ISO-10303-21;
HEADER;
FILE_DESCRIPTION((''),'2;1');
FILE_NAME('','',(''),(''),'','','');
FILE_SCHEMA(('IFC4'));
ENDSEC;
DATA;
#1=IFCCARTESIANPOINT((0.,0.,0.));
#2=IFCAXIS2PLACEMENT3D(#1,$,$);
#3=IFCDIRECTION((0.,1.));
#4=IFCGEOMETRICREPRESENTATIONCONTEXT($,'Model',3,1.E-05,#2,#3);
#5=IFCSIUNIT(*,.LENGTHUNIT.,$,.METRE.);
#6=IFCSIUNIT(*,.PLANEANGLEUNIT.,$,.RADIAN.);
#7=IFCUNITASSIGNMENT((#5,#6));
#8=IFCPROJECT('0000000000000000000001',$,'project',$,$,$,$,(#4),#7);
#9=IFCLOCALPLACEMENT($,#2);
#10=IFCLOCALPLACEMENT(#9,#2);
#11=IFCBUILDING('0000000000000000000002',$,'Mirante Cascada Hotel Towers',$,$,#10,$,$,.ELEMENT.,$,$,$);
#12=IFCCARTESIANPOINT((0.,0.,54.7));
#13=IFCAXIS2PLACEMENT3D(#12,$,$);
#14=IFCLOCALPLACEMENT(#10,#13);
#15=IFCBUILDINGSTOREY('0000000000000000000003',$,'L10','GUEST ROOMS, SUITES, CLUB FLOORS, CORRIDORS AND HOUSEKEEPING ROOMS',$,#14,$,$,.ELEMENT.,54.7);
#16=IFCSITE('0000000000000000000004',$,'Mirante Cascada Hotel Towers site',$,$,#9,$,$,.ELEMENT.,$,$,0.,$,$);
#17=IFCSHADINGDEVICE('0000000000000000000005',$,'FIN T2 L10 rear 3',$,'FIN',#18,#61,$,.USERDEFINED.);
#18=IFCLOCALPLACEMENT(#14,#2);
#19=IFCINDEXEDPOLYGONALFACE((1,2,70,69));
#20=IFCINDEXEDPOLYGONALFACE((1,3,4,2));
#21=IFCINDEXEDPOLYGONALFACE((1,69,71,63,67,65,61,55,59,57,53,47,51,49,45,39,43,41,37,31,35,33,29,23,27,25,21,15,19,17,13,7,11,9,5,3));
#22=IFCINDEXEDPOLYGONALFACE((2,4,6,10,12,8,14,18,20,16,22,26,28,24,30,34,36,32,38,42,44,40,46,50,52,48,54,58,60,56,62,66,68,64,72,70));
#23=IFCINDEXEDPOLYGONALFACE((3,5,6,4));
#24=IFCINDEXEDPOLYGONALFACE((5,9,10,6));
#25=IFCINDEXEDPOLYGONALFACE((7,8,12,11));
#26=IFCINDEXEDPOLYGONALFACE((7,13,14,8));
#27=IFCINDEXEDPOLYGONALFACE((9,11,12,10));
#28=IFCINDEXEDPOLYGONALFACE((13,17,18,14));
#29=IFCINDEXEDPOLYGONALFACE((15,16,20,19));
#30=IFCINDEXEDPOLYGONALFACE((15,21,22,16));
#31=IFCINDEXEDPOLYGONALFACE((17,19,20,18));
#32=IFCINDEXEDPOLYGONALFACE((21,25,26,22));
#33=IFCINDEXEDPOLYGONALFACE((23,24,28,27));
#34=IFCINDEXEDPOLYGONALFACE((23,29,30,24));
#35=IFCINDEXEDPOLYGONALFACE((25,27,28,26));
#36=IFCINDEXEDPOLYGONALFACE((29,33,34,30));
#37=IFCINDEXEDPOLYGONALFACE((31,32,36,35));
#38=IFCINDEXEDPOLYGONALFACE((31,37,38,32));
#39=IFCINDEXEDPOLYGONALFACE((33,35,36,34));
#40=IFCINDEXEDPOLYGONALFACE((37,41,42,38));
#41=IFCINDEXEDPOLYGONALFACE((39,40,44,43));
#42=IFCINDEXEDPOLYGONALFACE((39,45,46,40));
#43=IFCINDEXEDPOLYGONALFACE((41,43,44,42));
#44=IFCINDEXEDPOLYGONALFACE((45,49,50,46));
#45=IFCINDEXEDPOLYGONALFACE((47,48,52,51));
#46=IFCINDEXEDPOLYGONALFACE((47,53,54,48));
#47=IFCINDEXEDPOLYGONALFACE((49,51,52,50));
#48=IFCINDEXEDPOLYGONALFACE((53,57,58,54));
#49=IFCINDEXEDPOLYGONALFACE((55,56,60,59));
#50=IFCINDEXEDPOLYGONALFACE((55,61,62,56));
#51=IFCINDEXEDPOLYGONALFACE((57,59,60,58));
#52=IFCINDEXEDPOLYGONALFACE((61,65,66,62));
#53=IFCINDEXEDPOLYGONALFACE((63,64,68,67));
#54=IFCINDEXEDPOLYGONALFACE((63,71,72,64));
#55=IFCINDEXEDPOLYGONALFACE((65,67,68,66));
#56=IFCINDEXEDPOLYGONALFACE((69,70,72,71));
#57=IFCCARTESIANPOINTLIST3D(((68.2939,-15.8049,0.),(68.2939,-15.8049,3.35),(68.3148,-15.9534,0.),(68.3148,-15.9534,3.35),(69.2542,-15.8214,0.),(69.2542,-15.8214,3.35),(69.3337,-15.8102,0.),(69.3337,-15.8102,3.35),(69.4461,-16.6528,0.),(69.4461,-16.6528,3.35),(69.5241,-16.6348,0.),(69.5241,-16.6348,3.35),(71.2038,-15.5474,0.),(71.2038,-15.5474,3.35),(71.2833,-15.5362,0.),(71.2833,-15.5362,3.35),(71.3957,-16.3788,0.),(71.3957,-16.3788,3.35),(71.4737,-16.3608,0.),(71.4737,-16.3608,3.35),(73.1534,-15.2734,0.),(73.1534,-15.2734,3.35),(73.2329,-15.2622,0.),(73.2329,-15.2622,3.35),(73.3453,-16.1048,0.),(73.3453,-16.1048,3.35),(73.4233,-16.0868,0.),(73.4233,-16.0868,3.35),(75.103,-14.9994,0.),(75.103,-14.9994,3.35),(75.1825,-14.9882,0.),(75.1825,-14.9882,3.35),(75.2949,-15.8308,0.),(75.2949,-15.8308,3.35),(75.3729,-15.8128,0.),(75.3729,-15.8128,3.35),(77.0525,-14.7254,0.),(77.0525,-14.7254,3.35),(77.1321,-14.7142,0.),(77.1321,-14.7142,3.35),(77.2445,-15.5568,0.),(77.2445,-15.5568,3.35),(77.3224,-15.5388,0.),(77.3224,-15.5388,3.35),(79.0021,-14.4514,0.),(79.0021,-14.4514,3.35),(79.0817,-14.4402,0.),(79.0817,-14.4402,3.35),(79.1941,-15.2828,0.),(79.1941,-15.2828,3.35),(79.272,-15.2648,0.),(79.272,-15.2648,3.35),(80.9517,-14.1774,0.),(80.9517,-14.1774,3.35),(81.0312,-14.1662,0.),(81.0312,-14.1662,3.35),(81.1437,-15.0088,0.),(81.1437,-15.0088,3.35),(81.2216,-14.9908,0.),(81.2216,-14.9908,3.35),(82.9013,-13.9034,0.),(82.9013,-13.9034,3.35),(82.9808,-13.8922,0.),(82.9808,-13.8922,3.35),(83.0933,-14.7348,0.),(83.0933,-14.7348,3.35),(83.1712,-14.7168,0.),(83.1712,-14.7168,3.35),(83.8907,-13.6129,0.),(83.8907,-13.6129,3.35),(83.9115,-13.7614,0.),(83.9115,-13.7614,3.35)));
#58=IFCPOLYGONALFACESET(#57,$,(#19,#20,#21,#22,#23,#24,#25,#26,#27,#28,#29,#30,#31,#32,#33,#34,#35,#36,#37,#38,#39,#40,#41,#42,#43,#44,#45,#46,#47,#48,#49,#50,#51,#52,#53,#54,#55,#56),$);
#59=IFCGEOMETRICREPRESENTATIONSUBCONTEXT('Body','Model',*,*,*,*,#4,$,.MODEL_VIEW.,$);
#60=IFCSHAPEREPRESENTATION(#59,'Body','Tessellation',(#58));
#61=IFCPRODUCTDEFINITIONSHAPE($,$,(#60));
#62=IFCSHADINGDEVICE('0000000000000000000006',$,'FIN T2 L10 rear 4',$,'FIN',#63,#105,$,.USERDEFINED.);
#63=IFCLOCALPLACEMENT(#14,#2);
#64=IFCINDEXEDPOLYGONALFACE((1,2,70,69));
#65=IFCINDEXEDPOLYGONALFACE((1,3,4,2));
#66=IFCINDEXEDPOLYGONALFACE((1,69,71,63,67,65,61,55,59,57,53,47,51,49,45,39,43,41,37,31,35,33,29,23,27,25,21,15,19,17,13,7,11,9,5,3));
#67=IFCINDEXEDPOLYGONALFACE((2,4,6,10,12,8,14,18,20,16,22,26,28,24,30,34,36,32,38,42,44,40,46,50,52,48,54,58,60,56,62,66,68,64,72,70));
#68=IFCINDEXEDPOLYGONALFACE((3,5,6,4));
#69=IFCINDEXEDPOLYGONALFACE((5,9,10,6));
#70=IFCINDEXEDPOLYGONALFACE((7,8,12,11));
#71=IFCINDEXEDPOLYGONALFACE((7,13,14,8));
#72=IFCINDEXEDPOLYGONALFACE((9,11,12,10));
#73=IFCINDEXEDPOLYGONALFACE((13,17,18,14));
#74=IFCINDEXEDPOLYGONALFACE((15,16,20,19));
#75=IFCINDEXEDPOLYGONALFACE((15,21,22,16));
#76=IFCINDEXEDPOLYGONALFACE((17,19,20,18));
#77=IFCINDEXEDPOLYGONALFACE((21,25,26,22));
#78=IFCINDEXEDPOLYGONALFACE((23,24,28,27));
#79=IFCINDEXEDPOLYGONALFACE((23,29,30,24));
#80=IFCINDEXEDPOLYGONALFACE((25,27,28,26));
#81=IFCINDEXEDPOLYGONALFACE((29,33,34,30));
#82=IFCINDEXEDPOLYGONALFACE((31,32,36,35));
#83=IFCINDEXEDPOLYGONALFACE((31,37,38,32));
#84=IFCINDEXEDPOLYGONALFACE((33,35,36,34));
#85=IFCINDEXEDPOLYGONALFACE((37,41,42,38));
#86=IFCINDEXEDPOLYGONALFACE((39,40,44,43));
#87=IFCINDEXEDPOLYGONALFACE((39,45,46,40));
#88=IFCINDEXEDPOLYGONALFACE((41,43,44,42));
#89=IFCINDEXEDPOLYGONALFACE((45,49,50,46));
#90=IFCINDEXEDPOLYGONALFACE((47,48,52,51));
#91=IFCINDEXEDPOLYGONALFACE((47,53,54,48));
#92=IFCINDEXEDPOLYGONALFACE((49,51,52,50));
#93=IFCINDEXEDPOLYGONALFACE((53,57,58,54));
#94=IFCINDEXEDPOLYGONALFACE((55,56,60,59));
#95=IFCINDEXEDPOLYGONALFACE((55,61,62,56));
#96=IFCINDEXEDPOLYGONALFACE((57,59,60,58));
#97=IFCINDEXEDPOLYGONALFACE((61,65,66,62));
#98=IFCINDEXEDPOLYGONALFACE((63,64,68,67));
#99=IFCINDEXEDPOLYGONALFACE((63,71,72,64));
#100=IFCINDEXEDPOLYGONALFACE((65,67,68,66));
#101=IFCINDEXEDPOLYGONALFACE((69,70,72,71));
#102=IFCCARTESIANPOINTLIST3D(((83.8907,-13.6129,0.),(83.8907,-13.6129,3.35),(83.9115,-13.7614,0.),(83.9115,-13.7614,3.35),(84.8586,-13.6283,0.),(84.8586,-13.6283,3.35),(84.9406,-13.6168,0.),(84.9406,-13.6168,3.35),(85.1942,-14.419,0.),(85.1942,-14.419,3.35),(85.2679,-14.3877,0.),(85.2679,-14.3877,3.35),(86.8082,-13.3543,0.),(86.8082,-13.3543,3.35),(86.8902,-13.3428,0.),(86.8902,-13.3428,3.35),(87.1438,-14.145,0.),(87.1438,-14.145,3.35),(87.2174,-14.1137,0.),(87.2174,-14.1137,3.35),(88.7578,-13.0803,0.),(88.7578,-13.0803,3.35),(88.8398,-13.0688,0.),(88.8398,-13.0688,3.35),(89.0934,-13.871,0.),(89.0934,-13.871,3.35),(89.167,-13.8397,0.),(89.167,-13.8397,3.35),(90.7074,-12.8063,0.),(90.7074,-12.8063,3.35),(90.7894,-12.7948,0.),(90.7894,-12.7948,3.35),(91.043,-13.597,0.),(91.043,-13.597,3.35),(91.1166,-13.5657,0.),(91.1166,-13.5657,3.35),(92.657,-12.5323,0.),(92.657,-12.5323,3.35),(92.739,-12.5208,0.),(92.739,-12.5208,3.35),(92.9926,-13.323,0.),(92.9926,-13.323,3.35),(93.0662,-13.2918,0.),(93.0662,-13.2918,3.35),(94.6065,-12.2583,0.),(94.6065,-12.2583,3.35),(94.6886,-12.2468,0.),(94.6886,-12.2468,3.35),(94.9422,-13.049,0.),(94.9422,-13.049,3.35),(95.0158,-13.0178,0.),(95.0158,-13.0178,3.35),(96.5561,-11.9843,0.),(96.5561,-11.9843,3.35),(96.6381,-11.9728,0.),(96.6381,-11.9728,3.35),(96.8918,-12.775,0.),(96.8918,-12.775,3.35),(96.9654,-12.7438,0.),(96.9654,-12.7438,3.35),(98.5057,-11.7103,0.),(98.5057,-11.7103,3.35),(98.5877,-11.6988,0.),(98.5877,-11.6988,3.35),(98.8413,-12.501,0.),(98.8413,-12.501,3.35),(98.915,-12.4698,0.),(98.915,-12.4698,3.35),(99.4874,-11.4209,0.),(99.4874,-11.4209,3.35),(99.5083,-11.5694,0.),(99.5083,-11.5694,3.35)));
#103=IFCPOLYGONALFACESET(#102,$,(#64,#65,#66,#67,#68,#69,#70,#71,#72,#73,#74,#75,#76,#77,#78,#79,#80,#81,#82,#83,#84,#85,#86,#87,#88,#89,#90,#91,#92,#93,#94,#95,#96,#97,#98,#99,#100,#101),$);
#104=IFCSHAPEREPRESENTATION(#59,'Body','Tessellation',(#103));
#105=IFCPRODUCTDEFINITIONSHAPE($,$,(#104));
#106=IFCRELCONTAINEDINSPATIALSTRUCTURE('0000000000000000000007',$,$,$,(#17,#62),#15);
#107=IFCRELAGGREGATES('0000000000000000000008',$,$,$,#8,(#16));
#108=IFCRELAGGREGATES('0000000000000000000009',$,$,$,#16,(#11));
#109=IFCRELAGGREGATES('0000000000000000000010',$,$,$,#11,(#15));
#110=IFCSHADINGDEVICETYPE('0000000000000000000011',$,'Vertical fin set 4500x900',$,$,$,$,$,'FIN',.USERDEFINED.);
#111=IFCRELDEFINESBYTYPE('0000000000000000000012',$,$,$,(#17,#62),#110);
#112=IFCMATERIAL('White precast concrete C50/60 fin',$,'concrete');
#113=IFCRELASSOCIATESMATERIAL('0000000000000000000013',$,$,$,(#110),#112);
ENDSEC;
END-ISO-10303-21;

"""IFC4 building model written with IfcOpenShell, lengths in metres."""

from ifc_helpers import new_model, si_unit, direction, frame, origin, place, context, subcontext, project, spatial, polyline, outline, extrude, material, type_object, element, save


model = new_model("IFC4")

# Units and contexts
model_context = context("Model", 3, precision=1e-05, world=origin(), true_north=direction((0.0, 1.0)))
body_context = subcontext(model_context, "Body", "Model", "MODEL_VIEW")
ifc_project = project(units=[si_unit("LENGTHUNIT", "METRE"), si_unit("PLANEANGLEUNIT", "RADIAN")], contexts=[model_context])

# Site, building, storey
site_placement = place(None, origin())
site = spatial("IfcSite", under=ifc_project, at=site_placement, Name="Mirante Cascada Hotel Towers site", CompositionType="ELEMENT", RefElevation=0.0)
building_placement = place(site_placement, origin())
building = spatial("IfcBuilding", under=site, at=building_placement, Name="Mirante Cascada Hotel Towers", CompositionType="ELEMENT")
storey_placement = place(building_placement, frame((0.0, 0.0, 54.7)))
storey = spatial("IfcBuildingStorey", under=building, at=storey_placement, Name="L10", Description="GUEST ROOMS, SUITES, CLUB FLOORS, CORRIDORS AND HOUSEKEEPING ROOMS", CompositionType="ELEMENT", Elevation=54.7)

# Shading devices
ifc_material_1 = material(Name="White precast concrete C50/60 fin", Category="concrete")
shading_device_type = type_object("IfcShadingDeviceType", Name="Vertical fin set 4500x900", ElementType="FIN", PredefinedType="USERDEFINED", material=ifc_material_1)
shading_device_1_placement = place(storey_placement, origin())
element("IfcShadingDevice", 1, at=shading_device_1_placement, inside=storey, type_object=shading_device_type, Name="FIN T2 L10 rear 3", ObjectType="FIN", PredefinedType="USERDEFINED", context=body_context, shape_type="SweptSolid", body=[
    extrude(outline(polyline([(69.4461, -16.6528), (69.2542, -15.8214), (68.3148, -15.9534), (68.2939, -15.8049), (83.8907, -13.6129), (83.9115, -13.7614), (82.9808, -13.8922), (83.1712, -14.7168), (83.0933, -14.7348), (82.9013, -13.9034), (81.0312, -14.1662), (81.2216, -14.9908), (81.1437, -15.0088), (80.9517, -14.1774), (79.0817, -14.4402), (79.272, -15.2648), (79.1941, -15.2828), (79.0021, -14.4514), (77.1321, -14.7142), (77.3224, -15.5388), (77.2445, -15.5568), (77.0525, -14.7254), (75.1825, -14.9882), (75.3729, -15.8128), (75.2949, -15.8308), (75.103, -14.9994), (73.2329, -15.2622), (73.4233, -16.0868), (73.3453, -16.1048), (73.1534, -15.2734), (71.2833, -15.5362), (71.4737, -16.3608), (71.3957, -16.3788), (71.2038, -15.5474), (69.3337, -15.8102), (69.5241, -16.6348), (69.4461, -16.6528)])), origin(), (0.0, 0.0, 1.0), 3.35),
])
shading_device_2_placement = place(storey_placement, origin())
element("IfcShadingDevice", 2, at=shading_device_2_placement, inside=storey, type_object=shading_device_type, Name="FIN T2 L10 rear 4", ObjectType="FIN", PredefinedType="USERDEFINED", context=body_context, shape_type="SweptSolid", body=[
    extrude(outline(polyline([(85.1942, -14.419), (84.8586, -13.6283), (83.9115, -13.7614), (83.8907, -13.6129), (99.4874, -11.4209), (99.5083, -11.5694), (98.5877, -11.6988), (98.915, -12.4698), (98.8413, -12.501), (98.5057, -11.7103), (96.6381, -11.9728), (96.9654, -12.7438), (96.8918, -12.775), (96.5561, -11.9843), (94.6886, -12.2468), (95.0158, -13.0178), (94.9422, -13.049), (94.6065, -12.2583), (92.739, -12.5208), (93.0662, -13.2918), (92.9926, -13.323), (92.657, -12.5323), (90.7894, -12.7948), (91.1166, -13.5657), (91.043, -13.597), (90.7074, -12.8063), (88.8398, -13.0688), (89.167, -13.8397), (89.0934, -13.871), (88.7578, -13.0803), (86.8902, -13.3428), (87.2174, -14.1137), (87.1438, -14.145), (86.8082, -13.3543), (84.9406, -13.6168), (85.2679, -14.3877), (85.1942, -14.419)])), origin(), (0.0, 0.0, 1.0), 3.35),
])

save(model, "model.ifc")
